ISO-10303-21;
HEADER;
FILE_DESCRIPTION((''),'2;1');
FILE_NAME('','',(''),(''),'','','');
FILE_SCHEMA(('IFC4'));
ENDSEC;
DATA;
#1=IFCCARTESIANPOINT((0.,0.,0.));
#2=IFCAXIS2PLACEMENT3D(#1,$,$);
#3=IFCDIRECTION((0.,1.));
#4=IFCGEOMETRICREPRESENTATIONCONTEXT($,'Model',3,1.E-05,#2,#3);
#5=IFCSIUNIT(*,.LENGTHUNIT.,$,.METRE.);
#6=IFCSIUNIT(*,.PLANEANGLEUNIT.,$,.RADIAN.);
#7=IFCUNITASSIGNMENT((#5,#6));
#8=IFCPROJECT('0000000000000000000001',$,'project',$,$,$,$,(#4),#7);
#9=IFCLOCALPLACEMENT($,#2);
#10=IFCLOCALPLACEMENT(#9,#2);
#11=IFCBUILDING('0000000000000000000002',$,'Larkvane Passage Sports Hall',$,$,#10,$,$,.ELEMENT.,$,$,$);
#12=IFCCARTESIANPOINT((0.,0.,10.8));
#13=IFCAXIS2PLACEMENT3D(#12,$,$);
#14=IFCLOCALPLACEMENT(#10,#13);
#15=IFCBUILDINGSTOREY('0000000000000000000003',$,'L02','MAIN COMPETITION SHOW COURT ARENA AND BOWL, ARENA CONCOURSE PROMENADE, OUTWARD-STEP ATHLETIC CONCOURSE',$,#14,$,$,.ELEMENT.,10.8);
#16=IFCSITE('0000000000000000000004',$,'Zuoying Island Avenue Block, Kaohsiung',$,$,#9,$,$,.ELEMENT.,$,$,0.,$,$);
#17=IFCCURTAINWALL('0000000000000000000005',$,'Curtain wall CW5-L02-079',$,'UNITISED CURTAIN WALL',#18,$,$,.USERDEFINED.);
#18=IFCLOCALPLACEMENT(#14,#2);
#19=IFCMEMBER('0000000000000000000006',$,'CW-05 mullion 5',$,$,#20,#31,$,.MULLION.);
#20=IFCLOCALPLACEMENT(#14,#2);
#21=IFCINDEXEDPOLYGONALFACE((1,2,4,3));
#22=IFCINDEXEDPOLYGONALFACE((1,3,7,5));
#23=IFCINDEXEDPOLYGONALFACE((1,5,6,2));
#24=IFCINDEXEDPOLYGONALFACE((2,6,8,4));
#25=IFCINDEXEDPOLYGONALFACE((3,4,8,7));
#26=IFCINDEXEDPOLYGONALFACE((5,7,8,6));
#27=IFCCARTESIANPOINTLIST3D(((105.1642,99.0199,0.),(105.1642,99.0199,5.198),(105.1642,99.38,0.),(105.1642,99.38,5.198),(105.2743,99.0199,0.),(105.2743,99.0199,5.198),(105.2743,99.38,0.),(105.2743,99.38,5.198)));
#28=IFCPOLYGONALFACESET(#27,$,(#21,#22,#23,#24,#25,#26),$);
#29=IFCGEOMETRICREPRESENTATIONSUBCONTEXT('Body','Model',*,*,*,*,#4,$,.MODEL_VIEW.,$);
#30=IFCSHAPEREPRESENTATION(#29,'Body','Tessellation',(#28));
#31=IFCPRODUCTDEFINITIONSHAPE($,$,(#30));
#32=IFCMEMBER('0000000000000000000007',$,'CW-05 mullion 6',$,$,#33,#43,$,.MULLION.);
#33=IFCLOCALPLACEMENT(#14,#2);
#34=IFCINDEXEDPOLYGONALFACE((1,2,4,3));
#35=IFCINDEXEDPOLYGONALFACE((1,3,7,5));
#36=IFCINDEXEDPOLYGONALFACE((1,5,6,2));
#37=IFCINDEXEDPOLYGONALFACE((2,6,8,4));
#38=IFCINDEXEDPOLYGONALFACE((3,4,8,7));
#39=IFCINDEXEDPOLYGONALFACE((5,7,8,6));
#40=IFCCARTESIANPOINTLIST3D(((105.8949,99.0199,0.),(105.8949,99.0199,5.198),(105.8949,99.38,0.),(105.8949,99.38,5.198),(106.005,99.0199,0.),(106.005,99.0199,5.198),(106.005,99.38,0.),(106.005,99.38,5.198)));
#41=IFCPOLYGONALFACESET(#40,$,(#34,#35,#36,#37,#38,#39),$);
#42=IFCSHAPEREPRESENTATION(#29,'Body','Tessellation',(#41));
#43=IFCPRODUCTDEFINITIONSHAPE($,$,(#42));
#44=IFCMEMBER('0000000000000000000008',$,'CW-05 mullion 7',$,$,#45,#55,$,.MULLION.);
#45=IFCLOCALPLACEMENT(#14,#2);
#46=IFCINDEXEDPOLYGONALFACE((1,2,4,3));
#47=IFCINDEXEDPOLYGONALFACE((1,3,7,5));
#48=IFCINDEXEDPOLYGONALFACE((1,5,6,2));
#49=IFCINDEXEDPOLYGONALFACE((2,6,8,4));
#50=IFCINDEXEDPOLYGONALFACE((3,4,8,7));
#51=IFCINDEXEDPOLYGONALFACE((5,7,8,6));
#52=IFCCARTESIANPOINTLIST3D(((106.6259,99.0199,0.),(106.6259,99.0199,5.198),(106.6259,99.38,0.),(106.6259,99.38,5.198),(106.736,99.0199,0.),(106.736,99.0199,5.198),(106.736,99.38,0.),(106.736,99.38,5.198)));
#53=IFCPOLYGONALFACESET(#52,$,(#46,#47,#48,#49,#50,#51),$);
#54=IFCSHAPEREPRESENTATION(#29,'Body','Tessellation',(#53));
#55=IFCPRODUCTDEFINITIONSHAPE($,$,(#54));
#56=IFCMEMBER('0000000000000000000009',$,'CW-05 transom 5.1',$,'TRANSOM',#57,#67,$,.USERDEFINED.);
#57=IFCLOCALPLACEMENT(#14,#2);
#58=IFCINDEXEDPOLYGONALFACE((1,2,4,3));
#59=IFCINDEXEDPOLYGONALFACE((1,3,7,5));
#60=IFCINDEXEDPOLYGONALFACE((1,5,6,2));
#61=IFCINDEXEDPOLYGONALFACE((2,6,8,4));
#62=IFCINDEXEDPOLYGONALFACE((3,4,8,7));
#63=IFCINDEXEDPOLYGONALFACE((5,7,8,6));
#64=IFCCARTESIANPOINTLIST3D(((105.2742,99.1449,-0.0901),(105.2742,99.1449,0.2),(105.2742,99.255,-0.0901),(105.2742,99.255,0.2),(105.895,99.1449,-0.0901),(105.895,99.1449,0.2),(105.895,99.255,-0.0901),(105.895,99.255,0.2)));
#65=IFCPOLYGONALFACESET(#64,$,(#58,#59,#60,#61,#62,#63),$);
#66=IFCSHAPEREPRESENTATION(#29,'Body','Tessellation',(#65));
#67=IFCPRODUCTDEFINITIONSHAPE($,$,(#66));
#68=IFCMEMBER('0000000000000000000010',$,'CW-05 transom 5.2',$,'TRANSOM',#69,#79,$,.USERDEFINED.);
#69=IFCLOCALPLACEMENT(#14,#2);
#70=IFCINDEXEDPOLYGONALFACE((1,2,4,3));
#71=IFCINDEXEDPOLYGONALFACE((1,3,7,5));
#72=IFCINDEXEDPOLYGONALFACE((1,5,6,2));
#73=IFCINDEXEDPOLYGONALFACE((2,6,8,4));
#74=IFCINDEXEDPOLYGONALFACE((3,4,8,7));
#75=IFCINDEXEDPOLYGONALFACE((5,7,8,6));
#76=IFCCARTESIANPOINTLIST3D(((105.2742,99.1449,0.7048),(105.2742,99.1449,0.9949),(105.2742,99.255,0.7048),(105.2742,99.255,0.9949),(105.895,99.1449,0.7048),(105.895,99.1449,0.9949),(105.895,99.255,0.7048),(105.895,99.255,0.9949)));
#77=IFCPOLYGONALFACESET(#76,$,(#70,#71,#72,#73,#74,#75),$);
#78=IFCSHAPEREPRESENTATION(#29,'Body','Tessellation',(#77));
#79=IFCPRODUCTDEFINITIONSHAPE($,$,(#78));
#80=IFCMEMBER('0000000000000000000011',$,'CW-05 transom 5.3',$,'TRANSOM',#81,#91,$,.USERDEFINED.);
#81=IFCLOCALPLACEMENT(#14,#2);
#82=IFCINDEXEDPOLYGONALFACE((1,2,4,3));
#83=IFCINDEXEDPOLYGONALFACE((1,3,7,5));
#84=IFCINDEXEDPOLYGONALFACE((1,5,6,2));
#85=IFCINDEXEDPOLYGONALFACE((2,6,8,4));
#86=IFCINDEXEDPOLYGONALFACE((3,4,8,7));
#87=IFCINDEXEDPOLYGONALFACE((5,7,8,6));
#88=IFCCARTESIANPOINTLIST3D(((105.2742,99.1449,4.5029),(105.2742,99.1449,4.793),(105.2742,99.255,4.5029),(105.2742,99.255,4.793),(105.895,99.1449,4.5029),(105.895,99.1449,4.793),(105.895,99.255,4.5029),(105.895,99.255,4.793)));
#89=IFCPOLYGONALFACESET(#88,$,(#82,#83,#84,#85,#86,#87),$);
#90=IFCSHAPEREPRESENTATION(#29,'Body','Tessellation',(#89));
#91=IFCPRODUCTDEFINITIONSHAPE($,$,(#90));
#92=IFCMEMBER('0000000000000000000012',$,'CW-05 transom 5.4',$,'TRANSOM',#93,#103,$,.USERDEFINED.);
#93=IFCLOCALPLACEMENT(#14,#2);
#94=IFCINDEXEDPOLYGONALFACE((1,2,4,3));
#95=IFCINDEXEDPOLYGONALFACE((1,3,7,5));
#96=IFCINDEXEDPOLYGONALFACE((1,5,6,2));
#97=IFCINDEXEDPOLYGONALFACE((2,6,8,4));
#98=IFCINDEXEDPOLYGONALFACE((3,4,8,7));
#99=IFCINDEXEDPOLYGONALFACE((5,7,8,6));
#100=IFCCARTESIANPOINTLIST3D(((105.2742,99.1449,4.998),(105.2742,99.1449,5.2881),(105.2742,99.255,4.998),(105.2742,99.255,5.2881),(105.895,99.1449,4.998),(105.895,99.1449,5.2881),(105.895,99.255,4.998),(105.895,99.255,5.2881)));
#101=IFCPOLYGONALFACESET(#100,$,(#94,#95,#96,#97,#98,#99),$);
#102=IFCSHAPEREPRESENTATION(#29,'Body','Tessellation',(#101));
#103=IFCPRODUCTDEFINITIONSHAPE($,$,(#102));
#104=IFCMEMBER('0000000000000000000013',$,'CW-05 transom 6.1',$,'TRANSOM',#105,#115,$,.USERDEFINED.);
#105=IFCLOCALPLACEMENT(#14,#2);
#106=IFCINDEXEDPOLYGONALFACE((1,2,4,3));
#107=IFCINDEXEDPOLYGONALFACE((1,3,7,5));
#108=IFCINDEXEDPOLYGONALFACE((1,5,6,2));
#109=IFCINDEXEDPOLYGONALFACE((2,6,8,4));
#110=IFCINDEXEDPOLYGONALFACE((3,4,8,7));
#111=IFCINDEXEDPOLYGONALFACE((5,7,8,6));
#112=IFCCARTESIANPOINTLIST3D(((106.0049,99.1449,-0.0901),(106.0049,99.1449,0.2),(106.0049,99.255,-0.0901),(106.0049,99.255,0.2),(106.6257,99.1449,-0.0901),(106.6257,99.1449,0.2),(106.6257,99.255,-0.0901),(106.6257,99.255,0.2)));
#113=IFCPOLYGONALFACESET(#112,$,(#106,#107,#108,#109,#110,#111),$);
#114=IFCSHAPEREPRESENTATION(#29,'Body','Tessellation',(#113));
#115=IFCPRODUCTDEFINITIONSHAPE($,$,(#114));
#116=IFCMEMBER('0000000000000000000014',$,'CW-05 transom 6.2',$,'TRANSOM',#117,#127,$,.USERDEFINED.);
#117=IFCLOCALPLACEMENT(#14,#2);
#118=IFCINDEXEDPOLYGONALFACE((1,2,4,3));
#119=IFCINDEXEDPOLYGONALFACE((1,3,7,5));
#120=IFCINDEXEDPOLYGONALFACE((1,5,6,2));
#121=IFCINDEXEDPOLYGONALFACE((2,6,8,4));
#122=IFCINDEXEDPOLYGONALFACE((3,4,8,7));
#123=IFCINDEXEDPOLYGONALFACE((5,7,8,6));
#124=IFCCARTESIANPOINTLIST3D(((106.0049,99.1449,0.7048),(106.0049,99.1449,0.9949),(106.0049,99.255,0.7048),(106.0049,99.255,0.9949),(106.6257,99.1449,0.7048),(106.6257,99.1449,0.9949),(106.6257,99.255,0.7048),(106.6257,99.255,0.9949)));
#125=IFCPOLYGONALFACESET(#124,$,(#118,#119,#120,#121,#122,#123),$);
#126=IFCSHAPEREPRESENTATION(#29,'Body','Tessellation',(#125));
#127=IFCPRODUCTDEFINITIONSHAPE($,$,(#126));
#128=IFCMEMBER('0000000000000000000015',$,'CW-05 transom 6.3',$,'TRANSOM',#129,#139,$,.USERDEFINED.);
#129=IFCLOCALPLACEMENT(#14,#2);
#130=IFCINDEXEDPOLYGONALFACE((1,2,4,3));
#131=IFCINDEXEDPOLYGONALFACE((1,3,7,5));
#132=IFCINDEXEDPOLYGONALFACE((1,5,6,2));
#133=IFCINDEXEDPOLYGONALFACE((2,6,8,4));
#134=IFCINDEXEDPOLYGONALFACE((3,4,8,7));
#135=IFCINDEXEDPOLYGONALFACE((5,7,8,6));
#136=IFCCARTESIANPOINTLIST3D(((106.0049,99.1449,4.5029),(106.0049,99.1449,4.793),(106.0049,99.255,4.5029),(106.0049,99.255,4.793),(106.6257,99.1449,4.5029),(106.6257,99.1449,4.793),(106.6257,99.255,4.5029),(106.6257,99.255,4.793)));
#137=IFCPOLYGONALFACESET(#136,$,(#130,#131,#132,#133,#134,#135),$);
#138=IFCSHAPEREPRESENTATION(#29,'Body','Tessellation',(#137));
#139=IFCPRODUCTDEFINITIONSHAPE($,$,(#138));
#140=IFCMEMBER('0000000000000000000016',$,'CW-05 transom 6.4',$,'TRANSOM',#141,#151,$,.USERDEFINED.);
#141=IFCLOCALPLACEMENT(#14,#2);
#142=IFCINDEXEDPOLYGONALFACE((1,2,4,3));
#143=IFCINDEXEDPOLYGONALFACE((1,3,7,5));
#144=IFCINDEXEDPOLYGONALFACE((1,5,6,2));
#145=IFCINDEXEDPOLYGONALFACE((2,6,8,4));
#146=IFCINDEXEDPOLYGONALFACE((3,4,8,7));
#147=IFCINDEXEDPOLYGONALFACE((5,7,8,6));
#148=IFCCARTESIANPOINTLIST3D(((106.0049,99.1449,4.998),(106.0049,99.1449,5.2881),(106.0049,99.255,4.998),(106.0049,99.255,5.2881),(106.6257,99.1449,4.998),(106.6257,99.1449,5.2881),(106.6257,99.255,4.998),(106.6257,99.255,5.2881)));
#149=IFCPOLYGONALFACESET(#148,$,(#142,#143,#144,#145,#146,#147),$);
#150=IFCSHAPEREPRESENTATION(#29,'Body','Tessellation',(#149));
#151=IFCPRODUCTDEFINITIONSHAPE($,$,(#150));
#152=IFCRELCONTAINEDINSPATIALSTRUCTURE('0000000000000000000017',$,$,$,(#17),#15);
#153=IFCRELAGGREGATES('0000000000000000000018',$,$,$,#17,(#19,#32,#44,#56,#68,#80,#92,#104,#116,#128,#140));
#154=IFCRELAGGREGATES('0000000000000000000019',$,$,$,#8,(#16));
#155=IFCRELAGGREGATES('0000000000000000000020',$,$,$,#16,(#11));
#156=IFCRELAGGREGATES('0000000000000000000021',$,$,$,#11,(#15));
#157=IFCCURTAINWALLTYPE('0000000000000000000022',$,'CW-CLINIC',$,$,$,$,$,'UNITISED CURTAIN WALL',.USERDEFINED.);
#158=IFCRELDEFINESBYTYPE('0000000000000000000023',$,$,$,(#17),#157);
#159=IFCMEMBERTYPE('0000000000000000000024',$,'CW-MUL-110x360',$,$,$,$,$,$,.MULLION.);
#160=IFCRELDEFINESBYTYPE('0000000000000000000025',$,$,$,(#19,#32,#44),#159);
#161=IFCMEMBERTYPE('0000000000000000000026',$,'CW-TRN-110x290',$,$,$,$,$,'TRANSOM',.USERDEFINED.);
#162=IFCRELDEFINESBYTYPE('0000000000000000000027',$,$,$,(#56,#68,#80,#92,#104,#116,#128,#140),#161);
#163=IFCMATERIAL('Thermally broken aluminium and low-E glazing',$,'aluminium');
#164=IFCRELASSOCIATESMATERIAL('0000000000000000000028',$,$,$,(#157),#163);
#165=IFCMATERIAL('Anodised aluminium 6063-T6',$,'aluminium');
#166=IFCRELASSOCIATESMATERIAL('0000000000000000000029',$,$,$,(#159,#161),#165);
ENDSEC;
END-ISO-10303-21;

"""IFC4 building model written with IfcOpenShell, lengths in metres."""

from ifc_helpers import new_model, si_unit, direction, frame, origin, origin_2d, place, context, subcontext, project, spatial, rectangle, extrude, material, material_profile, profile_set, type_object, element, aggregate, save


model = new_model("IFC4")

# Units and contexts
model_context = context("Model", 3, precision=1e-05, world=origin(), true_north=direction((0.0, 1.0)))
body_context = subcontext(model_context, "Body", "Model", "MODEL_VIEW")
ifc_project = project(units=[si_unit("LENGTHUNIT", "METRE"), si_unit("PLANEANGLEUNIT", "RADIAN")], contexts=[model_context])

# Site, building, storey
site_placement = place(None, origin())
site = spatial("IfcSite", under=ifc_project, at=site_placement, Name="Zuoying Island Avenue Block, Kaohsiung", CompositionType="ELEMENT", RefElevation=0.0)
building_placement = place(site_placement, origin())
building = spatial("IfcBuilding", under=site, at=building_placement, Name="Larkvane Passage Sports Hall", CompositionType="ELEMENT")
storey_placement = place(building_placement, frame((0.0, 0.0, 10.8)))
storey = spatial("IfcBuildingStorey", under=building, at=storey_placement, Name="L02", Description="MAIN COMPETITION SHOW COURT ARENA AND BOWL, ARENA CONCOURSE PROMENADE, OUTWARD-STEP ATHLETIC CONCOURSE", CompositionType="ELEMENT", Elevation=10.8)

# Curtain wall, members
ifc_material_1 = material(Name="Thermally broken aluminium and low-E glazing", Category="aluminium")
curtain_wall_type = type_object("IfcCurtainWallType", Name="CW-CLINIC", ElementType="UNITISED CURTAIN WALL", PredefinedType="USERDEFINED", material=ifc_material_1)
curtain_wall_placement = place(storey_placement, origin())
curtain_wall = element("IfcCurtainWall", 1, at=curtain_wall_placement, inside=storey, type_object=curtain_wall_type, Name="Curtain wall CW5-L02-079", ObjectType="UNITISED CURTAIN WALL", PredefinedType="USERDEFINED")
ifc_material_2 = material(Name="Anodised aluminium 6063-T6", Category="aluminium")
ifc_material_profile_1 = material_profile(ifc_material_2, rectangle(XDim=0.1101, YDim=0.3601, at=origin_2d()), Name="ALU-MUL-110x360")
ifc_profile_set_1 = profile_set([ifc_material_profile_1], Name="Anodised aluminium 6063-T6")
member_type_1 = type_object("IfcMemberType", Name="CW-MUL-110x360", PredefinedType="MULLION", material=ifc_profile_set_1)
member_1_placement = place(storey_placement, frame((105.2192, 99.2, 0.0), z_axis=(0.0, 0.0, 1.0), x_axis=(1.0, 0.0, 0.0)))
member_1 = element("IfcMember", 2, at=member_1_placement, type_object=member_type_1, Name="CW-05 mullion 5", PredefinedType="MULLION", context=body_context, shape_type="SweptSolid", body=[
    extrude(rectangle(XDim=0.1101, YDim=0.3601, at=origin_2d()), origin(), (0.0, 0.0, 1.0), 5.198),
])
member_2_placement = place(storey_placement, frame((105.95, 99.2, 0.0), z_axis=(0.0, 0.0, 1.0), x_axis=(1.0, 0.0, 0.0)))
member_2 = element("IfcMember", 3, at=member_2_placement, type_object=member_type_1, Name="CW-05 mullion 6", PredefinedType="MULLION", context=body_context, shape_type="SweptSolid", body=[
    extrude(rectangle(XDim=0.1101, YDim=0.3601, at=origin_2d()), origin(), (0.0, 0.0, 1.0), 5.198),
])
member_3_placement = place(storey_placement, frame((106.6809, 99.2, 0.0), z_axis=(0.0, 0.0, 1.0), x_axis=(1.0, 0.0, 0.0)))
member_3 = element("IfcMember", 4, at=member_3_placement, type_object=member_type_1, Name="CW-05 mullion 7", PredefinedType="MULLION", context=body_context, shape_type="SweptSolid", body=[
    extrude(rectangle(XDim=0.1101, YDim=0.3601, at=origin_2d()), origin(), (0.0, 0.0, 1.0), 5.198),
])
ifc_material_profile_2 = material_profile(ifc_material_2, rectangle(XDim=0.1101, YDim=0.29, at=origin_2d()), Name="ALU-TRN-110x290")
ifc_profile_set_2 = profile_set([ifc_material_profile_2], Name="Anodised aluminium 6063-T6")
member_type_2 = type_object("IfcMemberType", Name="CW-TRN-110x290", ElementType="TRANSOM", PredefinedType="USERDEFINED", material=ifc_profile_set_2)
member_4_placement = place(storey_placement, frame((105.2742, 99.2, 0.0549), z_axis=(1.0, 0.0, 0.0), x_axis=(0.0, 1.0, 0.0)))
member_4 = element("IfcMember", 5, at=member_4_placement, type_object=member_type_2, Name="CW-05 transom 5.1", ObjectType="TRANSOM", PredefinedType="USERDEFINED", context=body_context, shape_type="SweptSolid", body=[
    extrude(rectangle(XDim=0.1101, YDim=0.29, at=origin_2d()), origin(), (0.0, 0.0, 1.0), 0.6208),
])
member_5_placement = place(storey_placement, frame((105.2742, 99.2, 0.8499), z_axis=(1.0, 0.0, 0.0), x_axis=(0.0, 1.0, 0.0)))
member_5 = element("IfcMember", 6, at=member_5_placement, type_object=member_type_2, Name="CW-05 transom 5.2", ObjectType="TRANSOM", PredefinedType="USERDEFINED", context=body_context, shape_type="SweptSolid", body=[
    extrude(rectangle(XDim=0.1101, YDim=0.29, at=origin_2d()), origin(), (0.0, 0.0, 1.0), 0.6208),
])
member_6_placement = place(storey_placement, frame((105.2742, 99.2, 4.6479), z_axis=(1.0, 0.0, 0.0), x_axis=(0.0, 1.0, 0.0)))
member_6 = element("IfcMember", 7, at=member_6_placement, type_object=member_type_2, Name="CW-05 transom 5.3", ObjectType="TRANSOM", PredefinedType="USERDEFINED", context=body_context, shape_type="SweptSolid", body=[
    extrude(rectangle(XDim=0.1101, YDim=0.29, at=origin_2d()), origin(), (0.0, 0.0, 1.0), 0.6208),
])
member_7_placement = place(storey_placement, frame((105.2742, 99.2, 5.1431), z_axis=(1.0, 0.0, 0.0), x_axis=(0.0, 1.0, 0.0)))
member_7 = element("IfcMember", 8, at=member_7_placement, type_object=member_type_2, Name="CW-05 transom 5.4", ObjectType="TRANSOM", PredefinedType="USERDEFINED", context=body_context, shape_type="SweptSolid", body=[
    extrude(rectangle(XDim=0.1101, YDim=0.29, at=origin_2d()), origin(), (0.0, 0.0, 1.0), 0.6208),
])
member_8_placement = place(storey_placement, frame((106.0049, 99.2, 0.0549), z_axis=(1.0, 0.0, 0.0), x_axis=(0.0, 1.0, 0.0)))
member_8 = element("IfcMember", 9, at=member_8_placement, type_object=member_type_2, Name="CW-05 transom 6.1", ObjectType="TRANSOM", PredefinedType="USERDEFINED", context=body_context, shape_type="SweptSolid", body=[
    extrude(rectangle(XDim=0.1101, YDim=0.29, at=origin_2d()), origin(), (0.0, 0.0, 1.0), 0.6208),
])
member_9_placement = place(storey_placement, frame((106.0049, 99.2, 0.8499), z_axis=(1.0, 0.0, 0.0), x_axis=(0.0, 1.0, 0.0)))
member_9 = element("IfcMember", 10, at=member_9_placement, type_object=member_type_2, Name="CW-05 transom 6.2", ObjectType="TRANSOM", PredefinedType="USERDEFINED", context=body_context, shape_type="SweptSolid", body=[
    extrude(rectangle(XDim=0.1101, YDim=0.29, at=origin_2d()), origin(), (0.0, 0.0, 1.0), 0.6208),
])
member_10_placement = place(storey_placement, frame((106.0049, 99.2, 4.6479), z_axis=(1.0, 0.0, 0.0), x_axis=(0.0, 1.0, 0.0)))
member_10 = element("IfcMember", 11, at=member_10_placement, type_object=member_type_2, Name="CW-05 transom 6.3", ObjectType="TRANSOM", PredefinedType="USERDEFINED", context=body_context, shape_type="SweptSolid", body=[
    extrude(rectangle(XDim=0.1101, YDim=0.29, at=origin_2d()), origin(), (0.0, 0.0, 1.0), 0.6208),
])
member_11_placement = place(storey_placement, frame((106.0049, 99.2, 5.1431), z_axis=(1.0, 0.0, 0.0), x_axis=(0.0, 1.0, 0.0)))
member_11 = element("IfcMember", 12, at=member_11_placement, type_object=member_type_2, Name="CW-05 transom 6.4", ObjectType="TRANSOM", PredefinedType="USERDEFINED", context=body_context, shape_type="SweptSolid", body=[
    extrude(rectangle(XDim=0.1101, YDim=0.29, at=origin_2d()), origin(), (0.0, 0.0, 1.0), 0.6208),
])

aggregate(curtain_wall, [member_1, member_2, member_3, member_4, member_5, member_6, member_7, member_8, member_9, member_10, member_11])

save(model, "model.ifc")
